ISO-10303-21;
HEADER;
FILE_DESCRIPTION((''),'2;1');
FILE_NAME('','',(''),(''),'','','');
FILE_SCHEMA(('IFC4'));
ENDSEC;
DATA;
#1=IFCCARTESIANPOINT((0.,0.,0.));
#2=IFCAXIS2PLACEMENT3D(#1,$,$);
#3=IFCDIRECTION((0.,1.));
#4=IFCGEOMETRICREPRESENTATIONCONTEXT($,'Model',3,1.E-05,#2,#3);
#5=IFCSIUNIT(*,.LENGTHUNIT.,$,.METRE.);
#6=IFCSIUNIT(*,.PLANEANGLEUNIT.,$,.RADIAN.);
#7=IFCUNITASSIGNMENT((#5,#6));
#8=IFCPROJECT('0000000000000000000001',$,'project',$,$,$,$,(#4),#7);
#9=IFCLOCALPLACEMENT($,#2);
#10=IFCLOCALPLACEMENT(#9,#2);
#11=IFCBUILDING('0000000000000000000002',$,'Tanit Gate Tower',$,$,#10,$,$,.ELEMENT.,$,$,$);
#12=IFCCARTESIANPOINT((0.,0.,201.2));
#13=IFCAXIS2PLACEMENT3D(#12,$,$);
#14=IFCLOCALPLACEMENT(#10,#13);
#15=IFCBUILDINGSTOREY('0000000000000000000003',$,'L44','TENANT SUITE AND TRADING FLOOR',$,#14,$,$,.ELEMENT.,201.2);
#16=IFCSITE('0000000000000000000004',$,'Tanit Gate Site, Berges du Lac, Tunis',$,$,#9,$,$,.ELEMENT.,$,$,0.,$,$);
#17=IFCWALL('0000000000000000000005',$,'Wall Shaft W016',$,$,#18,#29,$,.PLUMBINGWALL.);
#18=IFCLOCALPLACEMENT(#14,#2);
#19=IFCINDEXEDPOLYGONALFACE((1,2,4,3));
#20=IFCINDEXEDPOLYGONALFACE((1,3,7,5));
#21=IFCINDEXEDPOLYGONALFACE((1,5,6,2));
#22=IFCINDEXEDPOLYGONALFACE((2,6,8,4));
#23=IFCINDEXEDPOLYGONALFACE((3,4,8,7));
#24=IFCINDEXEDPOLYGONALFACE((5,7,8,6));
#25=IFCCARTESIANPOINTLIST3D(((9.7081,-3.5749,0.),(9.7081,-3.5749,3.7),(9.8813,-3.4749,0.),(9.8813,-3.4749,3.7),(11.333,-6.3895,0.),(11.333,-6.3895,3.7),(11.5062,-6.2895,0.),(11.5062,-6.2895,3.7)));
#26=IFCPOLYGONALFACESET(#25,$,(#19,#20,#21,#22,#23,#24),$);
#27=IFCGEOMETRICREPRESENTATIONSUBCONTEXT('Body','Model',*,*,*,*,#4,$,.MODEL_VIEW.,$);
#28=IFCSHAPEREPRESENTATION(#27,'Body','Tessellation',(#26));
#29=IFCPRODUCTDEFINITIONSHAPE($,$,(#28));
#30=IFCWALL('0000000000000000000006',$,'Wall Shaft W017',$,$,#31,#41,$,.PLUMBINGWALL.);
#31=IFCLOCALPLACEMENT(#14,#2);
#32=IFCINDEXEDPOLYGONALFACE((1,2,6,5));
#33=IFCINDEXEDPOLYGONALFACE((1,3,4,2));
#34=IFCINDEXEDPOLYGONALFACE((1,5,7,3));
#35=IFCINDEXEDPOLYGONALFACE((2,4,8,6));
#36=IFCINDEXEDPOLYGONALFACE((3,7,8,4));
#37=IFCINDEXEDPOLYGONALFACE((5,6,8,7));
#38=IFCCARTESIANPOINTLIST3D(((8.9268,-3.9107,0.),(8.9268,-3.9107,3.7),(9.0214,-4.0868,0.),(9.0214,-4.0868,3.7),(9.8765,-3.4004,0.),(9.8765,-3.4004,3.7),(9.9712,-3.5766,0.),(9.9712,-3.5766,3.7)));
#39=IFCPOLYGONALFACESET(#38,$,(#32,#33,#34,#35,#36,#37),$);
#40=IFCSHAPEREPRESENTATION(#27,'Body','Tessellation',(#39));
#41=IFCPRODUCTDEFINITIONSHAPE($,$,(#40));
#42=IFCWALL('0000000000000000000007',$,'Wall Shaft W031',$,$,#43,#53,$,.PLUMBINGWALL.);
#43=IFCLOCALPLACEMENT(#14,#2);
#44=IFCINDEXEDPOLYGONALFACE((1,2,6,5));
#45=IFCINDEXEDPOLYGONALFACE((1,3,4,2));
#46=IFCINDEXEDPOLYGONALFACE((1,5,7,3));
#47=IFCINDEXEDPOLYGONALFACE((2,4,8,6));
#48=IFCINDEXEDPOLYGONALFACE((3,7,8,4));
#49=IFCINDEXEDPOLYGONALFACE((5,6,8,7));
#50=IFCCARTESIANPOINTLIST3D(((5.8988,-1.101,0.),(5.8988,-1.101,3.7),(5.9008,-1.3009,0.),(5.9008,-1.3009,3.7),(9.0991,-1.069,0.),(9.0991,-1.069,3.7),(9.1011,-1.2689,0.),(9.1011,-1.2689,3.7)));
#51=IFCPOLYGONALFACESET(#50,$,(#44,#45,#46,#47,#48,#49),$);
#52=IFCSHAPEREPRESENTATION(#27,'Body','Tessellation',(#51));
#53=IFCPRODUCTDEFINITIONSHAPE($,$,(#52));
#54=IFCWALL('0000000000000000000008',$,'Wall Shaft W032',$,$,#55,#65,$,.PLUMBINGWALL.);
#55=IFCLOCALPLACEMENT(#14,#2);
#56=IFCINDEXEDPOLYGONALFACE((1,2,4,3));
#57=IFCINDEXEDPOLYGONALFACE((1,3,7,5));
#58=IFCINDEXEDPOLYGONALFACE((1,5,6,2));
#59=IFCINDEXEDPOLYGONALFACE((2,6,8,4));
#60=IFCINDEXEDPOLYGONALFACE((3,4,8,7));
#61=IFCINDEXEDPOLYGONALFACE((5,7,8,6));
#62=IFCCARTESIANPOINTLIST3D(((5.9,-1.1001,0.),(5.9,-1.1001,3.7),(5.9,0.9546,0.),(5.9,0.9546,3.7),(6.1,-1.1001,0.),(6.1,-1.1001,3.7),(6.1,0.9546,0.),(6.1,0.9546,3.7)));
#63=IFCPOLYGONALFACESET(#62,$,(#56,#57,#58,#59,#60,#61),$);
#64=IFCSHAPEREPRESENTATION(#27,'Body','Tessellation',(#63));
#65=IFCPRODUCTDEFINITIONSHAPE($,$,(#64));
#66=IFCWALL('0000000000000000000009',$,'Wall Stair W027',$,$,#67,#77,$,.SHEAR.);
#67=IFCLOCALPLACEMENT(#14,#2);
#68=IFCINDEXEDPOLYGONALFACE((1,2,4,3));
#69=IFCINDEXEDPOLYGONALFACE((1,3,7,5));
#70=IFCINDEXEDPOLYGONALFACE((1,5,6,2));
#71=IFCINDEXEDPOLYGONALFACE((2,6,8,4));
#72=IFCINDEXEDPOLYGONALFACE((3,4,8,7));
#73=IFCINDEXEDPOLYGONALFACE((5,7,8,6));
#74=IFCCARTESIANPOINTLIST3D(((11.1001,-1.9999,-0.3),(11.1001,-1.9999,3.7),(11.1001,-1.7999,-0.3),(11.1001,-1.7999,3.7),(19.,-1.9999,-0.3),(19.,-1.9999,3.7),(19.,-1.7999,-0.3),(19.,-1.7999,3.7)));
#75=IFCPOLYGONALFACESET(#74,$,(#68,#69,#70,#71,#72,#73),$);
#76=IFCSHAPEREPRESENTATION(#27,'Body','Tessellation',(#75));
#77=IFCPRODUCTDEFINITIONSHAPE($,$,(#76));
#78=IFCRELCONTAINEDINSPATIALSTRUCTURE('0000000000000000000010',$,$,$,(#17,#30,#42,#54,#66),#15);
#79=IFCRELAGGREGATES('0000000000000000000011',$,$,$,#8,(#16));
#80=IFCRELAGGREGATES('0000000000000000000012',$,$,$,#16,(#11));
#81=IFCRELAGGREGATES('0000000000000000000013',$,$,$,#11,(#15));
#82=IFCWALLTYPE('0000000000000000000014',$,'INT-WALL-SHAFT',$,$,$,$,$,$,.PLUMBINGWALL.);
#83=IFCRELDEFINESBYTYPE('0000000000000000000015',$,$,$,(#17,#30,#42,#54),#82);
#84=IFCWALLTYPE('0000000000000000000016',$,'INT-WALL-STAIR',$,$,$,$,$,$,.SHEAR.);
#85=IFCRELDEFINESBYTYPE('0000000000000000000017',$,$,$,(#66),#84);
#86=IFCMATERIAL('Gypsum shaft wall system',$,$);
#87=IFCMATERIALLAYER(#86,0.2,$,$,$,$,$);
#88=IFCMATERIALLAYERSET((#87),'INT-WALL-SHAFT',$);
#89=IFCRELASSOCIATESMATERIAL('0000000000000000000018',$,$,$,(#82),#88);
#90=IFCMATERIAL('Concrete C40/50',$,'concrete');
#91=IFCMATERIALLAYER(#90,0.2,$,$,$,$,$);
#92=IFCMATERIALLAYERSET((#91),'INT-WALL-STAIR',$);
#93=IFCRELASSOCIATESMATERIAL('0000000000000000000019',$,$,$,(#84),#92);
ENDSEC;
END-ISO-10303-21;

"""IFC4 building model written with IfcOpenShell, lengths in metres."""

from ifc_helpers import new_model, si_unit, direction, frame, frame_2d, origin, place, context, subcontext, project, spatial, rectangle, extrude, material, layer, layer_set, type_object, element, save


model = new_model("IFC4")

# Units and contexts
model_context = context("Model", 3, precision=1e-05, world=origin(), true_north=direction((0.0, 1.0)))
body_context = subcontext(model_context, "Body", "Model", "MODEL_VIEW")
ifc_project = project(units=[si_unit("LENGTHUNIT", "METRE"), si_unit("PLANEANGLEUNIT", "RADIAN")], contexts=[model_context])

# Site, building, storey
site_placement = place(None, origin())
site = spatial("IfcSite", under=ifc_project, at=site_placement, Name="Tanit Gate Site, Berges du Lac, Tunis", CompositionType="ELEMENT", RefElevation=0.0)
building_placement = place(site_placement, origin())
building = spatial("IfcBuilding", under=site, at=building_placement, Name="Tanit Gate Tower", CompositionType="ELEMENT")
storey_placement = place(building_placement, frame((0.0, 0.0, 201.2)))
storey = spatial("IfcBuildingStorey", under=building, at=storey_placement, Name="L44", Description="TENANT SUITE AND TRADING FLOOR", CompositionType="ELEMENT", Elevation=201.2)

# Walls
ifc_material_1 = material(Name="Gypsum shaft wall system")
ifc_layer_1 = layer(ifc_material_1, 0.2)
ifc_layer_set_1 = layer_set([ifc_layer_1], Name="INT-WALL-SHAFT")
wall_type_1 = type_object("IfcWallType", Name="INT-WALL-SHAFT", PredefinedType="PLUMBINGWALL", material=ifc_layer_set_1)
wall_1_placement = place(storey_placement, frame((9.7947, -3.5249, 0.0), z_axis=(0.0, 0.0, 1.0), x_axis=(0.499985, -0.866034, 0.0)))
element("IfcWall", 1, at=wall_1_placement, inside=storey, type_object=wall_type_1, Name="Wall Shaft W016", PredefinedType="PLUMBINGWALL", context=body_context, shape_type="SweptSolid", body=[
    extrude(rectangle(XDim=3.25, YDim=0.2, at=frame_2d((1.625, 0.0))), origin(), (0.0, 0.0, 1.0), 3.7),
])
wall_2_placement = place(storey_placement, frame((8.9741, -3.9988, 0.0), z_axis=(0.0, 0.0, 1.0), x_axis=(0.880907, 0.473289, 0.0)))
element("IfcWall", 2, at=wall_2_placement, inside=storey, type_object=wall_type_1, Name="Wall Shaft W017", PredefinedType="PLUMBINGWALL", context=body_context, shape_type="SweptSolid", body=[
    extrude(rectangle(XDim=1.0781, YDim=0.2, at=frame_2d((0.5391, 0.0))), origin(), (0.0, 0.0, 1.0), 3.7),
])
wall_3_placement = place(storey_placement, frame((5.8999, -1.2009, 0.0), z_axis=(0.0, 0.0, 1.0), x_axis=(0.99995, 0.009993, 0.0)))
element("IfcWall", 3, at=wall_3_placement, inside=storey, type_object=wall_type_1, Name="Wall Shaft W031", PredefinedType="PLUMBINGWALL", context=body_context, shape_type="SweptSolid", body=[
    extrude(rectangle(XDim=3.2004, YDim=0.2, at=frame_2d((1.6001, 0.0))), origin(), (0.0, 0.0, 1.0), 3.7),
])
wall_4_placement = place(storey_placement, frame((6.0, -1.1001, 0.0), z_axis=(0.0, 0.0, 1.0), x_axis=(0.0, 1.0, 0.0)))
element("IfcWall", 4, at=wall_4_placement, inside=storey, type_object=wall_type_1, Name="Wall Shaft W032", PredefinedType="PLUMBINGWALL", context=body_context, shape_type="SweptSolid", body=[
    extrude(rectangle(XDim=2.0547, YDim=0.2, at=frame_2d((1.0273, 0.0))), origin(), (0.0, 0.0, 1.0), 3.7),
])
ifc_material_2 = material(Name="Concrete C40/50", Category="concrete")
ifc_layer_2 = layer(ifc_material_2, 0.2)
ifc_layer_set_2 = layer_set([ifc_layer_2], Name="INT-WALL-STAIR")
wall_type_2 = type_object("IfcWallType", Name="INT-WALL-STAIR", PredefinedType="SHEAR", material=ifc_layer_set_2)
wall_5_placement = place(storey_placement, frame((11.1001, -1.8999, -0.3), z_axis=(0.0, 0.0, 1.0), x_axis=(1.0, 0.0, 0.0)))
element("IfcWall", 5, at=wall_5_placement, inside=storey, type_object=wall_type_2, Name="Wall Stair W027", PredefinedType="SHEAR", context=body_context, shape_type="SweptSolid", body=[
    extrude(rectangle(XDim=7.8999, YDim=0.2, at=frame_2d((3.95, 0.0))), origin(), (0.0, 0.0, 1.0), 4.0),
])

save(model, "model.ifc")
